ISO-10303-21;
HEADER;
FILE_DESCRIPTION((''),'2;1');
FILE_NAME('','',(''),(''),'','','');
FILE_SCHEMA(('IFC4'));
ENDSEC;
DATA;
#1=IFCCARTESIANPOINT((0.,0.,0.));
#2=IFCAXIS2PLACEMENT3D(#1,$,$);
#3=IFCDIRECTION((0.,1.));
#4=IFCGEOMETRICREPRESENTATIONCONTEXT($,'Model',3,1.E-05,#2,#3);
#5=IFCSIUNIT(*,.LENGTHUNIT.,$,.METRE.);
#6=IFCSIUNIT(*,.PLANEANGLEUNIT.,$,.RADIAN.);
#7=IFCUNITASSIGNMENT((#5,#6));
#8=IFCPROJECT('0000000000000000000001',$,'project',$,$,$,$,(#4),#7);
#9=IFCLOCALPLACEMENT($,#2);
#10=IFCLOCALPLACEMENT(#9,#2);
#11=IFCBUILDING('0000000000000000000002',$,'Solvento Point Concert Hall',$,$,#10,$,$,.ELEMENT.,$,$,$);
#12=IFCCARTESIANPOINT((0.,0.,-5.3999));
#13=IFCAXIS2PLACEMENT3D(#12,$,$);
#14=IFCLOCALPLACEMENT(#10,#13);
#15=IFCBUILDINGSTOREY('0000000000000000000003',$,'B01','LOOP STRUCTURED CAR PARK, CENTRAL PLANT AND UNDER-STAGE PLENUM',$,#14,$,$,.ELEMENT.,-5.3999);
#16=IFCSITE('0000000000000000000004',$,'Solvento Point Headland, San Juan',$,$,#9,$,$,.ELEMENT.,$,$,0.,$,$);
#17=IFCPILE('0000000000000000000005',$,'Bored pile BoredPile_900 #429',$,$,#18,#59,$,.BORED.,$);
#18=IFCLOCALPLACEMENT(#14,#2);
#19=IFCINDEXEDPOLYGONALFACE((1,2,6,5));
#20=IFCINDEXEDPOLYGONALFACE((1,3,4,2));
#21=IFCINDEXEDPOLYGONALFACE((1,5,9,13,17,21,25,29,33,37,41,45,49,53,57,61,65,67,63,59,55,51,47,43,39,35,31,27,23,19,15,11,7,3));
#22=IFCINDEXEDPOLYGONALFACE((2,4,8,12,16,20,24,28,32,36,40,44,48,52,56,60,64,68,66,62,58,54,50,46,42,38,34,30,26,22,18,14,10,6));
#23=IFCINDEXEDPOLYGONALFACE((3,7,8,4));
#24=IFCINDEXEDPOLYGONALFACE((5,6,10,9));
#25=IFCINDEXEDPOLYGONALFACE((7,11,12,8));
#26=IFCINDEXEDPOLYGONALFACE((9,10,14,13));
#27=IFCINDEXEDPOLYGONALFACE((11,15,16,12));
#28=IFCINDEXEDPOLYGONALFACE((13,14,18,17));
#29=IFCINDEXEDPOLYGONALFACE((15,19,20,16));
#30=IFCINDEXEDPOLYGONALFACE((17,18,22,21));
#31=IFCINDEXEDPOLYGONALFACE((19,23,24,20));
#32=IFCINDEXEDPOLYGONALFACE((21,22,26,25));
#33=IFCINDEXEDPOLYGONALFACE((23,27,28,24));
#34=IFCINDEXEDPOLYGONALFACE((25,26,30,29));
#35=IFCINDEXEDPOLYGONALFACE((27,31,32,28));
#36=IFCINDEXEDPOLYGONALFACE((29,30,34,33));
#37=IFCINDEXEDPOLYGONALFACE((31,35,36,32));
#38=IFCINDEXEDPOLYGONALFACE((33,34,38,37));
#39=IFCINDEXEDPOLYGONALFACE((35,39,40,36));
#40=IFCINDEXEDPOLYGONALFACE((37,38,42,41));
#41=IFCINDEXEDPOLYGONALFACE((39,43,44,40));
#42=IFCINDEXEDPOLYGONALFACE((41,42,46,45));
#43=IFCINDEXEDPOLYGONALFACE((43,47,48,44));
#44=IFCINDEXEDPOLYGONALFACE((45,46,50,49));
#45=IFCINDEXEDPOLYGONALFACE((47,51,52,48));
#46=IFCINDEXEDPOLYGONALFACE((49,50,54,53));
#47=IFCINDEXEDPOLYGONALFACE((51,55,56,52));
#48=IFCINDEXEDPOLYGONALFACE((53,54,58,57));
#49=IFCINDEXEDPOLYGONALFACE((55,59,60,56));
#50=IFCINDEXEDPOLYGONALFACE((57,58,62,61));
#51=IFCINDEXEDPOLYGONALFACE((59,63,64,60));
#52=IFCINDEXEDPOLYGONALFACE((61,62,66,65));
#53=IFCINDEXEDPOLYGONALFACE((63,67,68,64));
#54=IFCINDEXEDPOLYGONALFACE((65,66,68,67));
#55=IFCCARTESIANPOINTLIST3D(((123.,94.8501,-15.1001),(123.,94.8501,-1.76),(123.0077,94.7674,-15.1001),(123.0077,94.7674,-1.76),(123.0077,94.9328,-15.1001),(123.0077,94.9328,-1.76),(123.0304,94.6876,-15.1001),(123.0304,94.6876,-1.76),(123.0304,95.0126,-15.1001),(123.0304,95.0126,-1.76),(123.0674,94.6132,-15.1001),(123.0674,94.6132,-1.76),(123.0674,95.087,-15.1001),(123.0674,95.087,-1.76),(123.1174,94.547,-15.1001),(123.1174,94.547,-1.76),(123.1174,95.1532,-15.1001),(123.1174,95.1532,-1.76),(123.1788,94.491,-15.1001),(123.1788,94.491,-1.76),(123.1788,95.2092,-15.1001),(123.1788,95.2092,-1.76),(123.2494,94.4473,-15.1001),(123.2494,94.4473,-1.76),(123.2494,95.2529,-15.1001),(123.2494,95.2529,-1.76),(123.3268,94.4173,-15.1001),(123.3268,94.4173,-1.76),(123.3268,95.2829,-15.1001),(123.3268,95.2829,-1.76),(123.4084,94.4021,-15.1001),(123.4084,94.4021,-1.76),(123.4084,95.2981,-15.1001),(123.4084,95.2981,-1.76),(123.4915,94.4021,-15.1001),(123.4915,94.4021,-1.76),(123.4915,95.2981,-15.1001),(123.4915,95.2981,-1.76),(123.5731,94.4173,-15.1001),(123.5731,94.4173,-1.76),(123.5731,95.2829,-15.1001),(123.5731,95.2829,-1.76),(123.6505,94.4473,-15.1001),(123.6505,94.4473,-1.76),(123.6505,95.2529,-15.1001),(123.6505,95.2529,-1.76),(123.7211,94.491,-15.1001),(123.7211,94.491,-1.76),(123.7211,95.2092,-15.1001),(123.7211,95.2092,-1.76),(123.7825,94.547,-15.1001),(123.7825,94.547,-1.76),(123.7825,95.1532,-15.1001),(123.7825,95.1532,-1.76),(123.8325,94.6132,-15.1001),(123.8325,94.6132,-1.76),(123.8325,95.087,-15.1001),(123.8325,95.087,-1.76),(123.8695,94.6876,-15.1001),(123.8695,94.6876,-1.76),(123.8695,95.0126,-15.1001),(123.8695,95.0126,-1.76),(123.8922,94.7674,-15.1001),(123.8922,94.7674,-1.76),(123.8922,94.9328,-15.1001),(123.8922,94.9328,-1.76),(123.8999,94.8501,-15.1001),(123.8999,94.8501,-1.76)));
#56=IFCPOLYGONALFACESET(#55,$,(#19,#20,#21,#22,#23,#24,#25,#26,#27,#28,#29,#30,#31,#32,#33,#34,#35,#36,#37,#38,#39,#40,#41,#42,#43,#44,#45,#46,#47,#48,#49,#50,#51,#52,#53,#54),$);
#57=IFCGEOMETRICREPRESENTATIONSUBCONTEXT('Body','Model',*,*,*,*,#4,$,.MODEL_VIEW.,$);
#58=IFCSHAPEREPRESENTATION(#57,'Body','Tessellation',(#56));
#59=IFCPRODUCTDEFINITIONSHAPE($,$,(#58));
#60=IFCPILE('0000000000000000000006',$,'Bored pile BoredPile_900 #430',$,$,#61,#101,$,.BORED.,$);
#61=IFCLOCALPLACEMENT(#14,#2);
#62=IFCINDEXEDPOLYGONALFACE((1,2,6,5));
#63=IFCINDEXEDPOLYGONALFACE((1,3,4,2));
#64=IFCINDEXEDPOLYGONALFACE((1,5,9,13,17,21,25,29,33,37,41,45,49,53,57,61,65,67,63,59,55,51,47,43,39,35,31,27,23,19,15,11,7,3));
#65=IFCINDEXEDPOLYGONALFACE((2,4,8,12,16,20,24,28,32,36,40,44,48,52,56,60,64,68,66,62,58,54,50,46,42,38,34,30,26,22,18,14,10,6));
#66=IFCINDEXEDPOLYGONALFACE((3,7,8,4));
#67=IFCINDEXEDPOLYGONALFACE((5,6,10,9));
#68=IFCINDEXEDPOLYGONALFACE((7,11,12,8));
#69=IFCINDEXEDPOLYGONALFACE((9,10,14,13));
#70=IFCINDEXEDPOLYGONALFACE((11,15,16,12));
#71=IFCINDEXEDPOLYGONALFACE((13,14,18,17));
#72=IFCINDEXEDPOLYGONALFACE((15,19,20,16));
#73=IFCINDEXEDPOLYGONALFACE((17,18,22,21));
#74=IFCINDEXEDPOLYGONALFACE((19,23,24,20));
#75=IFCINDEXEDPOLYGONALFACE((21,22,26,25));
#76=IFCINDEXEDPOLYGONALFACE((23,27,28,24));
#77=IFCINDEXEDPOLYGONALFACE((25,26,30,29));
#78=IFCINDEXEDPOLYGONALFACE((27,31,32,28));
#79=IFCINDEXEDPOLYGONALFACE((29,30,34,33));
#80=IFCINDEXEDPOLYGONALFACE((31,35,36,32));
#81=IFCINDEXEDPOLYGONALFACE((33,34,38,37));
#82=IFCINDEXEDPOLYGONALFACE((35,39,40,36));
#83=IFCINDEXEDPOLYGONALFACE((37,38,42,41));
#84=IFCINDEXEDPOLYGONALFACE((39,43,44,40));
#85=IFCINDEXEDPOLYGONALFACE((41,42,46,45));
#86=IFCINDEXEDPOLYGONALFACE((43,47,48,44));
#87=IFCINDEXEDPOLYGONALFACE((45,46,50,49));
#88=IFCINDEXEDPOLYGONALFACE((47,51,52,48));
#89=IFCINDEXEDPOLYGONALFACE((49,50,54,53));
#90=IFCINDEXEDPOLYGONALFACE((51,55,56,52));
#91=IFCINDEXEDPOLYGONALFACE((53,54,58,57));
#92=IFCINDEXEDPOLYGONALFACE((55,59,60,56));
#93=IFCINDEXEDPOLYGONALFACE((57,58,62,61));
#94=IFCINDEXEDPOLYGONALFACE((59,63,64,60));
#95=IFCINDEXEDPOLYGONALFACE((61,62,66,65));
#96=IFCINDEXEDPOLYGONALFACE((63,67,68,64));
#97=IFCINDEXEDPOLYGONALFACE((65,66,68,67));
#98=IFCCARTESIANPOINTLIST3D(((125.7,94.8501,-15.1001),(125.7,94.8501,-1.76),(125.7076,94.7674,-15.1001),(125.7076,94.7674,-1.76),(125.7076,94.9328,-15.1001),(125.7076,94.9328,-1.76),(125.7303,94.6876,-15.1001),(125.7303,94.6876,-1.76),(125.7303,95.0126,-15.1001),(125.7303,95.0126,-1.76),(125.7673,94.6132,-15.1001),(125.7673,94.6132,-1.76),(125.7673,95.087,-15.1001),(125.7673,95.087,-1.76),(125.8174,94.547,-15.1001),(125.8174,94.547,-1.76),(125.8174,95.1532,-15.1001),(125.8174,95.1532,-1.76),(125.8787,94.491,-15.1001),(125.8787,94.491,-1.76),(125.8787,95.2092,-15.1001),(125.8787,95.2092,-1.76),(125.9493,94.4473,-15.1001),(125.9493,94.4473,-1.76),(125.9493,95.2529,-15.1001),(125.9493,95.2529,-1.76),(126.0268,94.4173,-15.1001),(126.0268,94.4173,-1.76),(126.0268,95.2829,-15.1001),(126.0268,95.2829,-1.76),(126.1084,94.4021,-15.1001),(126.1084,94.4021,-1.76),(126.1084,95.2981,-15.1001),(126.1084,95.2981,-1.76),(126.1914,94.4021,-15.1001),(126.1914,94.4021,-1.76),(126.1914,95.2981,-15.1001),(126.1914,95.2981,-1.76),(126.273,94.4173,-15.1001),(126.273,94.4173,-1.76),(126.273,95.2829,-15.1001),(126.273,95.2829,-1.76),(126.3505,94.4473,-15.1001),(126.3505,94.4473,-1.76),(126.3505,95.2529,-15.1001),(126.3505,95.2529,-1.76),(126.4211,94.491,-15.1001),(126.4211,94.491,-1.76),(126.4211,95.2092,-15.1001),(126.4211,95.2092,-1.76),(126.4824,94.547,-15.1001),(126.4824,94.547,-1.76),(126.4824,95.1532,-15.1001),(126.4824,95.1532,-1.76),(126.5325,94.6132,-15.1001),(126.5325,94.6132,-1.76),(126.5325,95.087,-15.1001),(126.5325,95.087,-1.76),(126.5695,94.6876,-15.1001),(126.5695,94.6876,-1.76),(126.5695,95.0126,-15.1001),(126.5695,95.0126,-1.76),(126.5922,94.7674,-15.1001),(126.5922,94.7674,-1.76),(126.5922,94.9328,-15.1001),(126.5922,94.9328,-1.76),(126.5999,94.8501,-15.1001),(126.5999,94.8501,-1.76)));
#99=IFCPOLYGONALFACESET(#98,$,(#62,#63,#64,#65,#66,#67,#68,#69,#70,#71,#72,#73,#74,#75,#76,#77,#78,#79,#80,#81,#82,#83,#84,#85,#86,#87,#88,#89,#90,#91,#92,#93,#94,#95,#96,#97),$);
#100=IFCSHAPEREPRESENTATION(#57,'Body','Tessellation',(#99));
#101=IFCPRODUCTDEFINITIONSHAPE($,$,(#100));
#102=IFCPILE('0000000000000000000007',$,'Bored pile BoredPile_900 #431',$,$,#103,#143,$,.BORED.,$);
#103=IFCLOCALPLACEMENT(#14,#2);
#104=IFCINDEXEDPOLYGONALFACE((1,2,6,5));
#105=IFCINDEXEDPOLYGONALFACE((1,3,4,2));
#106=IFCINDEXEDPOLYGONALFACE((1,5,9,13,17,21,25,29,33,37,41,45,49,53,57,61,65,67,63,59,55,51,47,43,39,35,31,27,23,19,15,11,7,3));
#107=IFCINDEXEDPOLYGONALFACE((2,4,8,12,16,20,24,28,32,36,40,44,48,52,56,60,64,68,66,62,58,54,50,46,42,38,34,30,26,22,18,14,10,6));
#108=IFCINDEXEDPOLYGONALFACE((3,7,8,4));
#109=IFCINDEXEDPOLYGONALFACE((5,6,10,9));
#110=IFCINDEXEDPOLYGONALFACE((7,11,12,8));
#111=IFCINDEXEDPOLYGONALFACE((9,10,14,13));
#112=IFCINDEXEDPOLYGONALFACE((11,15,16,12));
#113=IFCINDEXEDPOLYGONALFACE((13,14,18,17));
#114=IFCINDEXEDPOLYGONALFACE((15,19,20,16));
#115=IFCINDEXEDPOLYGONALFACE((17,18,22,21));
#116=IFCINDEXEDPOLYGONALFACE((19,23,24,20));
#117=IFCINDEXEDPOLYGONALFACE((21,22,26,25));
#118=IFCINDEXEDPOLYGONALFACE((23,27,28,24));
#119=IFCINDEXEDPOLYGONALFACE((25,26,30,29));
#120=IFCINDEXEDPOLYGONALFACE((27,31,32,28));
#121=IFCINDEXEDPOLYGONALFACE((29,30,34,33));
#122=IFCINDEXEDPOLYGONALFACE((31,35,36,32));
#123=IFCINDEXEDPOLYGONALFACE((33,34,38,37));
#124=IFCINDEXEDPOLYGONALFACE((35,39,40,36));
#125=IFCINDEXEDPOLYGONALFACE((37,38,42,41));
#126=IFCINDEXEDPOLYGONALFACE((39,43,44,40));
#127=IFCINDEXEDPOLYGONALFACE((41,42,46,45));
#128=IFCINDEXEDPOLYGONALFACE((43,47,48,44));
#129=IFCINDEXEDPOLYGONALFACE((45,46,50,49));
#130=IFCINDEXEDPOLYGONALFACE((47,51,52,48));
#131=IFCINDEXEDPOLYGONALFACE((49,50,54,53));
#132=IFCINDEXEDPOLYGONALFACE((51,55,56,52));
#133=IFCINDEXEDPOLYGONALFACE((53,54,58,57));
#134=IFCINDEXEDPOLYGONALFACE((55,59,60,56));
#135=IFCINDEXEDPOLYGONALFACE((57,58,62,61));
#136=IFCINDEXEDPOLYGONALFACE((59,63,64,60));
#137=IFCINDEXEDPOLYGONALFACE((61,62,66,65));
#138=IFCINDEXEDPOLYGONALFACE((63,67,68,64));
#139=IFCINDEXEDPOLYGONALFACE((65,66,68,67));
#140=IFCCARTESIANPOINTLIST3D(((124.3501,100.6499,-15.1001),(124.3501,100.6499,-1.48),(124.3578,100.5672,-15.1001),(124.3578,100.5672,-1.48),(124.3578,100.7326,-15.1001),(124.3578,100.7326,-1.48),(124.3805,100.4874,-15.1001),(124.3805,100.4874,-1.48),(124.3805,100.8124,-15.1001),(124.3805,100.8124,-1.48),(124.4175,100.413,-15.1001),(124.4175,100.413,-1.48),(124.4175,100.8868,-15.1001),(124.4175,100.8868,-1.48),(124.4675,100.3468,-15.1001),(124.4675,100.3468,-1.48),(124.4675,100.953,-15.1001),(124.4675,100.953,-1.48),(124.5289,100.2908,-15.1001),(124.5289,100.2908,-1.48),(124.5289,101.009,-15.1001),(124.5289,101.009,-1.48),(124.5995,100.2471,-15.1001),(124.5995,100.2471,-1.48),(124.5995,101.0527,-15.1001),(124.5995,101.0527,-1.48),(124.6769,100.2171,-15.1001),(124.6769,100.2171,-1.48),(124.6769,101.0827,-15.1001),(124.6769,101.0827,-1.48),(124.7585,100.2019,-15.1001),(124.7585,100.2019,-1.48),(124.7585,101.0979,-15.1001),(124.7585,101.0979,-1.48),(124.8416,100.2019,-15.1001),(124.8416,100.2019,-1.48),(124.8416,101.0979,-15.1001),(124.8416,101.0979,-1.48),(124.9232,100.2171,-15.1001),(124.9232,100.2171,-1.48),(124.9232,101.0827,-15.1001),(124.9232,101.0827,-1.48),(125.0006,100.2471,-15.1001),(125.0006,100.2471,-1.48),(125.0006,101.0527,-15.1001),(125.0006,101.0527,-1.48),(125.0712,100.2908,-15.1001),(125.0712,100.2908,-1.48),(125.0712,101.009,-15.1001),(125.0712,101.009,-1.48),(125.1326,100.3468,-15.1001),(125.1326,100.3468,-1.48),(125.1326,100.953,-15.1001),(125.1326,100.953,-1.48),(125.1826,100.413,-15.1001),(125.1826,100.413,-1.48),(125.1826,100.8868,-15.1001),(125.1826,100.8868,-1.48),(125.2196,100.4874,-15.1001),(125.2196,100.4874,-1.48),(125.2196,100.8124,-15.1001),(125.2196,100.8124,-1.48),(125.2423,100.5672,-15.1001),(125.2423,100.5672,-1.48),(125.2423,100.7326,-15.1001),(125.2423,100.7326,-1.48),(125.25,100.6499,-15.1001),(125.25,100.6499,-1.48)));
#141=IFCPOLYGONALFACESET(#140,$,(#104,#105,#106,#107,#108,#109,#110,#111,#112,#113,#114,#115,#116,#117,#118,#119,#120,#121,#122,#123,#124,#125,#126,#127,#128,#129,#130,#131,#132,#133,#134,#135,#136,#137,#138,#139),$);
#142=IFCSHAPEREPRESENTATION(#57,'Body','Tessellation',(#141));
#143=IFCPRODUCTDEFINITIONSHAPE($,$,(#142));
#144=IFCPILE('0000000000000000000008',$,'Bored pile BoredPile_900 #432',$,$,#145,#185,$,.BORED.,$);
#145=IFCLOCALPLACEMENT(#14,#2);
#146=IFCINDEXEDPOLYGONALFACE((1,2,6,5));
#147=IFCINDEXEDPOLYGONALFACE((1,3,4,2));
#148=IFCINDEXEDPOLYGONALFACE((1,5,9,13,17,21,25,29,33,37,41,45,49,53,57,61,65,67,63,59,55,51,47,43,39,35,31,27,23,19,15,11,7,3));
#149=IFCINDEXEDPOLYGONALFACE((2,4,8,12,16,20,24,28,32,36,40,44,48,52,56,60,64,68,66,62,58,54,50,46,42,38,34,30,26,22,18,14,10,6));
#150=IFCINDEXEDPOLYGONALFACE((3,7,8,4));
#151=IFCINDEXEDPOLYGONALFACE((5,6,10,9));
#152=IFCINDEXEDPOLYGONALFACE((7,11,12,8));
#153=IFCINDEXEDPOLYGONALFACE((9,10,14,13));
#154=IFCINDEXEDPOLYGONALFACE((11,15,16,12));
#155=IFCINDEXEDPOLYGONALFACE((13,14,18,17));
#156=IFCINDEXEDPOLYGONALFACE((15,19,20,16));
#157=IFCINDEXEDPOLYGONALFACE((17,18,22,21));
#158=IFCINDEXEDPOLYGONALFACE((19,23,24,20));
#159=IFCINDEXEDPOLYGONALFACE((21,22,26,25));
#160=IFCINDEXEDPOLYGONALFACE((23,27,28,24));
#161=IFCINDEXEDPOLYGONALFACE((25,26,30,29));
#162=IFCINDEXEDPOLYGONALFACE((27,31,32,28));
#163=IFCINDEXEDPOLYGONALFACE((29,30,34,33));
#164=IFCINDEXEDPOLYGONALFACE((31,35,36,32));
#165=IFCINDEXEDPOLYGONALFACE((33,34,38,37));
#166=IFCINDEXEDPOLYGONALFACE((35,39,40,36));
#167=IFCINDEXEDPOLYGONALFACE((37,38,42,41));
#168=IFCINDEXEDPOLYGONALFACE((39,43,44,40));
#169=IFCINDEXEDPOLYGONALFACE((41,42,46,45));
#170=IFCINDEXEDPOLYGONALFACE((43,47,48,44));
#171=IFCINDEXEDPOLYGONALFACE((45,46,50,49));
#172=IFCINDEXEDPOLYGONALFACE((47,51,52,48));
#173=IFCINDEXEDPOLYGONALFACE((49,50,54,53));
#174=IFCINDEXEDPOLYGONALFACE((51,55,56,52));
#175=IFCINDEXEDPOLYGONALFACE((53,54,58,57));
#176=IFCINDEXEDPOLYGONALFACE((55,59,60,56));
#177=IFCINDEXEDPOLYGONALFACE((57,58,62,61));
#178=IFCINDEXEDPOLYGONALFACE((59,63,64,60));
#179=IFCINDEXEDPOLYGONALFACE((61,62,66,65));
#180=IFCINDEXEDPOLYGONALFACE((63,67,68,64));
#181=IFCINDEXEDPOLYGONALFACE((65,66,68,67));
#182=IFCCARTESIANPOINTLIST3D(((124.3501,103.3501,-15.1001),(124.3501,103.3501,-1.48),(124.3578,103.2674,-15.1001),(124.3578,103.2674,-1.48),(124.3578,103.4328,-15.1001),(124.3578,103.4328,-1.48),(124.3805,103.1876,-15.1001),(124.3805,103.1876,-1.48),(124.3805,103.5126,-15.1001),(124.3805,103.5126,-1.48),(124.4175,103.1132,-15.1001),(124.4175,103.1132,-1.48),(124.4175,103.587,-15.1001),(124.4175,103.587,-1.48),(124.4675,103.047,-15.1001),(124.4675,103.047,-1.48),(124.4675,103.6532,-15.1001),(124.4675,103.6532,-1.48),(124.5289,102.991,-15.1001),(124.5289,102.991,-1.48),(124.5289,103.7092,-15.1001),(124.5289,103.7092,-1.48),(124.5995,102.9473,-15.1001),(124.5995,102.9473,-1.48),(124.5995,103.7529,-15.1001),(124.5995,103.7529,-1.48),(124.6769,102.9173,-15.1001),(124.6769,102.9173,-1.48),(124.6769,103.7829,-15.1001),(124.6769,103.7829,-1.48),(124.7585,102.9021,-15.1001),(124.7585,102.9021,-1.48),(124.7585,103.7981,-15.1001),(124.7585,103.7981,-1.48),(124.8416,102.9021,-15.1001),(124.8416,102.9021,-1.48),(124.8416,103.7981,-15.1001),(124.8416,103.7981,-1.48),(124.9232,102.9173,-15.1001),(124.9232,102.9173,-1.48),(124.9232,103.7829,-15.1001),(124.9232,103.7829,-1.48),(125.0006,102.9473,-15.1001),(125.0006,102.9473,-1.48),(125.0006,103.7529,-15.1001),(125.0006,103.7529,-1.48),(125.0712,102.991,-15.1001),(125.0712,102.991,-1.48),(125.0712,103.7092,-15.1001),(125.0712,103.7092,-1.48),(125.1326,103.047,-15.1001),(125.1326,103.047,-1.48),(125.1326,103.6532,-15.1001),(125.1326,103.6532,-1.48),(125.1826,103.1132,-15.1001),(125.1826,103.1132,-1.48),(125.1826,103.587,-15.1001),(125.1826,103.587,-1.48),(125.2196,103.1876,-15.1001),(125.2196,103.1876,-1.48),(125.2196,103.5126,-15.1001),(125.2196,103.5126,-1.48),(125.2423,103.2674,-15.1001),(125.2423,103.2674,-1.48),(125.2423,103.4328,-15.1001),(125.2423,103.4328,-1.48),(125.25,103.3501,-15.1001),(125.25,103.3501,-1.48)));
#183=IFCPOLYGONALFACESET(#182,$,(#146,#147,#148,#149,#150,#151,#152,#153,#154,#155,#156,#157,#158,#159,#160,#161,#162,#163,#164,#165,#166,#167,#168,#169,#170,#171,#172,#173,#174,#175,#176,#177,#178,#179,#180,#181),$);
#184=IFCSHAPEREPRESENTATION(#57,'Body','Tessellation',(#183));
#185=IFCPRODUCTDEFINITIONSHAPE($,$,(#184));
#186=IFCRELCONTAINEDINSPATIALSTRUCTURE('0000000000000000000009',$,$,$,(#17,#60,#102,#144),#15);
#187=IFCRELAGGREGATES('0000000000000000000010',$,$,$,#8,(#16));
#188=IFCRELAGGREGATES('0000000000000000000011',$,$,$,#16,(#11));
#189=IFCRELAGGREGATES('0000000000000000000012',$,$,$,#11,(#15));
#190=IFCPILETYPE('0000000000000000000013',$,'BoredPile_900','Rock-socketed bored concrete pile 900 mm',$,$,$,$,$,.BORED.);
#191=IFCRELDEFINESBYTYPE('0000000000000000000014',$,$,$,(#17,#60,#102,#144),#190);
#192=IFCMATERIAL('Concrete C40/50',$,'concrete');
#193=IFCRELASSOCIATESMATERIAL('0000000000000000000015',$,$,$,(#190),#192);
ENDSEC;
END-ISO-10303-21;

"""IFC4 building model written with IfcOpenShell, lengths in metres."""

from ifc_helpers import new_model, si_unit, direction, frame, origin, origin_2d, place, context, subcontext, project, spatial, circle, extrude, material, material_profile, profile_set, type_object, element, save


model = new_model("IFC4")

# Units and contexts
model_context = context("Model", 3, precision=1e-05, world=origin(), true_north=direction((0.0, 1.0)))
body_context = subcontext(model_context, "Body", "Model", "MODEL_VIEW")
ifc_project = project(units=[si_unit("LENGTHUNIT", "METRE"), si_unit("PLANEANGLEUNIT", "RADIAN")], contexts=[model_context])

# Site, building, storey
site_placement = place(None, origin())
site = spatial("IfcSite", under=ifc_project, at=site_placement, Name="Solvento Point Headland, San Juan", CompositionType="ELEMENT", RefElevation=0.0)
building_placement = place(site_placement, origin())
building = spatial("IfcBuilding", under=site, at=building_placement, Name="Solvento Point Concert Hall", CompositionType="ELEMENT")
storey_placement = place(building_placement, frame((0.0, 0.0, -5.3999)))
storey = spatial("IfcBuildingStorey", under=building, at=storey_placement, Name="B01", Description="LOOP STRUCTURED CAR PARK, CENTRAL PLANT AND UNDER-STAGE PLENUM", CompositionType="ELEMENT", Elevation=-5.3999)

# Piles
ifc_material_1 = material(Name="Concrete C40/50", Category="concrete")
ifc_material_profile_1 = material_profile(ifc_material_1, circle(Radius=0.45, at=origin_2d()), Name="BP-900")
ifc_profile_set_1 = profile_set([ifc_material_profile_1], Name="Concrete C40/50")
pile_type = type_object("IfcPileType", Name="BoredPile_900", Description="Rock-socketed bored concrete pile 900 mm", PredefinedType="BORED", material=ifc_profile_set_1)
for number, where, z_axis, x_axis, name in (
    (1, (123.45, 94.8501, -1.76), (0.0, 0.0, -1.0), (1.0, 0.0, 0.0), "Bored pile BoredPile_900 #429"),
    (2, (126.1499, 94.8501, -1.76), (0.0, 0.0, -1.0), (1.0, 0.0, 0.0), "Bored pile BoredPile_900 #430"),
):
    element("IfcPile", number, at=place(storey_placement, frame(where, z_axis=z_axis, x_axis=x_axis)), inside=storey, type_object=pile_type, Name=name, PredefinedType="BORED", context=body_context, shape_type="SweptSolid", body=[
        extrude(circle(Radius=0.45, at=origin_2d()), origin(), (0.0, 0.0, 1.0), 13.3401),
    ])
for number, where, z_axis, x_axis, name in (
    (3, (124.8, 100.6499, -1.48), (0.0, 0.0, -1.0), (1.0, 0.0, 0.0), "Bored pile BoredPile_900 #431"),
    (4, (124.8, 103.3501, -1.48), (0.0, 0.0, -1.0), (1.0, 0.0, 0.0), "Bored pile BoredPile_900 #432"),
):
    element("IfcPile", number, at=place(storey_placement, frame(where, z_axis=z_axis, x_axis=x_axis)), inside=storey, type_object=pile_type, Name=name, PredefinedType="BORED", context=body_context, shape_type="SweptSolid", body=[
        extrude(circle(Radius=0.45, at=origin_2d()), origin(), (0.0, 0.0, 1.0), 13.6201),
    ])

save(model, "model.ifc")
